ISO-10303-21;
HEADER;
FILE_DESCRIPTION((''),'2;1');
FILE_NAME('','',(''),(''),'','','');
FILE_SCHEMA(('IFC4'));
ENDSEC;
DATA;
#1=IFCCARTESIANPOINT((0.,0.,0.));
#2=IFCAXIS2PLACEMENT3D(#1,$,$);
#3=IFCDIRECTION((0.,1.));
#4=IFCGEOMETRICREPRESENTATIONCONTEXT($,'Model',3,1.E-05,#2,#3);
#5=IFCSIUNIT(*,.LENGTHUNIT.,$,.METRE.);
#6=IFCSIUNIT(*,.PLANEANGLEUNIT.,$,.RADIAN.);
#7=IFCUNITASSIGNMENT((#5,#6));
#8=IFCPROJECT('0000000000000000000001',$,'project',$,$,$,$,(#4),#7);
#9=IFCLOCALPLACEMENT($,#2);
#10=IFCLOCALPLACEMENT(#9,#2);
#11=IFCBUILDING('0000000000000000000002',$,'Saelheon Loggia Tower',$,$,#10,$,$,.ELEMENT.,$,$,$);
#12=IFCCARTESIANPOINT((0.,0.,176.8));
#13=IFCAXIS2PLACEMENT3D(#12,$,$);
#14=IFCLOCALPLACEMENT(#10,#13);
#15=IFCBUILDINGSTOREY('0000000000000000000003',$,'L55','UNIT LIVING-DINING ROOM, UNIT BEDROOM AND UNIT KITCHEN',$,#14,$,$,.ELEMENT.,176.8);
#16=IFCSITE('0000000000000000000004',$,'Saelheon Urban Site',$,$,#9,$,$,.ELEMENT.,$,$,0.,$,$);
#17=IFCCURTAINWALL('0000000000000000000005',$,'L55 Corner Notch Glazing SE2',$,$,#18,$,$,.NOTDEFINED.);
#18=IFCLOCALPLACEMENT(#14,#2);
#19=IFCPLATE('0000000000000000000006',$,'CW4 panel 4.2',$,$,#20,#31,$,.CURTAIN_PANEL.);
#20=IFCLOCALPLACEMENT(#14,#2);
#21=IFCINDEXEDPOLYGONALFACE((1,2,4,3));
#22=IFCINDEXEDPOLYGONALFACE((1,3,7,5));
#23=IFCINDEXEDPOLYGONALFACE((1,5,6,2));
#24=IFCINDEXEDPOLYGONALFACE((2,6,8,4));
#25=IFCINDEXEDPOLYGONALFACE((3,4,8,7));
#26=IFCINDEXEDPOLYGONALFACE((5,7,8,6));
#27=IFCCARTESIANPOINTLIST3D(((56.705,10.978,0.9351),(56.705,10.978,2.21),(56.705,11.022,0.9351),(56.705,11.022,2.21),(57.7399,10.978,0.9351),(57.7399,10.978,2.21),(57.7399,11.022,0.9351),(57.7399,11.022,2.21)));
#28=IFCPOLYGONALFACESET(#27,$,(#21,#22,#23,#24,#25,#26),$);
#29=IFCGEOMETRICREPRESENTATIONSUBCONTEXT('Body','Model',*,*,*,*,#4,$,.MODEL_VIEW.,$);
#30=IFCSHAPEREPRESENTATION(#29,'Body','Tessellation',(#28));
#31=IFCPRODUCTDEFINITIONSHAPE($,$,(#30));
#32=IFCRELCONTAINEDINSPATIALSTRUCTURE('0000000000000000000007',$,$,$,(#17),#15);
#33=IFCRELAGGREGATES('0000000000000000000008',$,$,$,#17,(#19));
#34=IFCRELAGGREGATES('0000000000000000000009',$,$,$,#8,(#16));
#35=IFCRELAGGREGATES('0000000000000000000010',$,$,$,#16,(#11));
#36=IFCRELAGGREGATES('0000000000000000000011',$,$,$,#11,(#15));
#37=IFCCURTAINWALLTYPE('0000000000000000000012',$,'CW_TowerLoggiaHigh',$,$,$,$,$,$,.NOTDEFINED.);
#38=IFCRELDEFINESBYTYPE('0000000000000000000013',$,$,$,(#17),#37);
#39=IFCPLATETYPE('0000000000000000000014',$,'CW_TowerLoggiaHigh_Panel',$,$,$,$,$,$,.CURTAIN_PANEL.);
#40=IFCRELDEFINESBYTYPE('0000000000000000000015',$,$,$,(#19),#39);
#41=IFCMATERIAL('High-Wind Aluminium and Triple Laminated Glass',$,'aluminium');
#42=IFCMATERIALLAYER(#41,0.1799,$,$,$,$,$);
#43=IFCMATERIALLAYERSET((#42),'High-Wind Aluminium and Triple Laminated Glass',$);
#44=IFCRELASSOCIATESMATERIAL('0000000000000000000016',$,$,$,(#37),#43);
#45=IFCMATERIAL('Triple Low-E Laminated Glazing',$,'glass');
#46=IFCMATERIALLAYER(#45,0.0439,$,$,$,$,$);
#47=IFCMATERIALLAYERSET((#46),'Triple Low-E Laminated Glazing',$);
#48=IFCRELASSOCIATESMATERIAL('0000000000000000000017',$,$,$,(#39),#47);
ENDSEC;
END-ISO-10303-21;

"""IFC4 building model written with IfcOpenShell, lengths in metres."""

from ifc_helpers import new_model, si_unit, direction, frame, origin, origin_2d, place, context, subcontext, project, spatial, rectangle, extrude, source, transform, mapped, material, layer, layer_set, type_object, element, aggregate, save


model = new_model("IFC4")

# Units and contexts
model_context = context("Model", 3, precision=1e-05, world=origin(), true_north=direction((0.0, 1.0)))
body_context = subcontext(model_context, "Body", "Model", "MODEL_VIEW")
ifc_project = project(units=[si_unit("LENGTHUNIT", "METRE"), si_unit("PLANEANGLEUNIT", "RADIAN")], contexts=[model_context])

# Site, building, storey
site_placement = place(None, origin())
site = spatial("IfcSite", under=ifc_project, at=site_placement, Name="Saelheon Urban Site", CompositionType="ELEMENT", RefElevation=0.0)
building_placement = place(site_placement, origin())
building = spatial("IfcBuilding", under=site, at=building_placement, Name="Saelheon Loggia Tower", CompositionType="ELEMENT")
storey_placement = place(building_placement, frame((0.0, 0.0, 176.8)))
storey = spatial("IfcBuildingStorey", under=building, at=storey_placement, Name="L55", Description="UNIT LIVING-DINING ROOM, UNIT BEDROOM AND UNIT KITCHEN", CompositionType="ELEMENT", Elevation=176.8)

# Curtain wall, plate
ifc_material_1 = material(Name="High-Wind Aluminium and Triple Laminated Glass", Category="aluminium")
ifc_layer_1 = layer(ifc_material_1, 0.1799)
ifc_layer_set_1 = layer_set([ifc_layer_1], Name="High-Wind Aluminium and Triple Laminated Glass")
curtain_wall_type = type_object("IfcCurtainWallType", Name="CW_TowerLoggiaHigh", PredefinedType="NOTDEFINED", material=ifc_layer_set_1)
curtain_wall_placement = place(storey_placement, origin())
curtain_wall = element("IfcCurtainWall", 1, at=curtain_wall_placement, inside=storey, type_object=curtain_wall_type, Name="L55 Corner Notch Glazing SE2", PredefinedType="NOTDEFINED")
ifc_material_2 = material(Name="Triple Low-E Laminated Glazing", Category="glass")
ifc_layer_2 = layer(ifc_material_2, 0.0439)
ifc_layer_set_2 = layer_set([ifc_layer_2], Name="Triple Low-E Laminated Glazing")
plate_type = type_object("IfcPlateType", Name="CW_TowerLoggiaHigh_Panel", PredefinedType="CURTAIN_PANEL", material=ifc_layer_set_2)
shared_shape_1 = source(origin(), body_context, "Body", "SweptSolid", [
    extrude(rectangle(XDim=1.0349, YDim=0.0439, at=origin_2d()), origin(), (0.0, 0.0, 1.0), 1.2749),
])
plate_1_placement = place(storey_placement, frame((57.2224, 11.0, 0.9351), z_axis=(0.0, 0.0, 1.0), x_axis=(1.0, 0.0, 0.0)))
plate_1 = element("IfcPlate", 2, at=plate_1_placement, type_object=plate_type, Name="CW4 panel 4.2", PredefinedType="CURTAIN_PANEL", context=body_context, shape_type="MappedRepresentation", body=[
    mapped(shared_shape_1, transform((0.0, 0.0, 0.0), scale=1.0)),
])
aggregate(curtain_wall, [plate_1])

save(model, "model.ifc")
